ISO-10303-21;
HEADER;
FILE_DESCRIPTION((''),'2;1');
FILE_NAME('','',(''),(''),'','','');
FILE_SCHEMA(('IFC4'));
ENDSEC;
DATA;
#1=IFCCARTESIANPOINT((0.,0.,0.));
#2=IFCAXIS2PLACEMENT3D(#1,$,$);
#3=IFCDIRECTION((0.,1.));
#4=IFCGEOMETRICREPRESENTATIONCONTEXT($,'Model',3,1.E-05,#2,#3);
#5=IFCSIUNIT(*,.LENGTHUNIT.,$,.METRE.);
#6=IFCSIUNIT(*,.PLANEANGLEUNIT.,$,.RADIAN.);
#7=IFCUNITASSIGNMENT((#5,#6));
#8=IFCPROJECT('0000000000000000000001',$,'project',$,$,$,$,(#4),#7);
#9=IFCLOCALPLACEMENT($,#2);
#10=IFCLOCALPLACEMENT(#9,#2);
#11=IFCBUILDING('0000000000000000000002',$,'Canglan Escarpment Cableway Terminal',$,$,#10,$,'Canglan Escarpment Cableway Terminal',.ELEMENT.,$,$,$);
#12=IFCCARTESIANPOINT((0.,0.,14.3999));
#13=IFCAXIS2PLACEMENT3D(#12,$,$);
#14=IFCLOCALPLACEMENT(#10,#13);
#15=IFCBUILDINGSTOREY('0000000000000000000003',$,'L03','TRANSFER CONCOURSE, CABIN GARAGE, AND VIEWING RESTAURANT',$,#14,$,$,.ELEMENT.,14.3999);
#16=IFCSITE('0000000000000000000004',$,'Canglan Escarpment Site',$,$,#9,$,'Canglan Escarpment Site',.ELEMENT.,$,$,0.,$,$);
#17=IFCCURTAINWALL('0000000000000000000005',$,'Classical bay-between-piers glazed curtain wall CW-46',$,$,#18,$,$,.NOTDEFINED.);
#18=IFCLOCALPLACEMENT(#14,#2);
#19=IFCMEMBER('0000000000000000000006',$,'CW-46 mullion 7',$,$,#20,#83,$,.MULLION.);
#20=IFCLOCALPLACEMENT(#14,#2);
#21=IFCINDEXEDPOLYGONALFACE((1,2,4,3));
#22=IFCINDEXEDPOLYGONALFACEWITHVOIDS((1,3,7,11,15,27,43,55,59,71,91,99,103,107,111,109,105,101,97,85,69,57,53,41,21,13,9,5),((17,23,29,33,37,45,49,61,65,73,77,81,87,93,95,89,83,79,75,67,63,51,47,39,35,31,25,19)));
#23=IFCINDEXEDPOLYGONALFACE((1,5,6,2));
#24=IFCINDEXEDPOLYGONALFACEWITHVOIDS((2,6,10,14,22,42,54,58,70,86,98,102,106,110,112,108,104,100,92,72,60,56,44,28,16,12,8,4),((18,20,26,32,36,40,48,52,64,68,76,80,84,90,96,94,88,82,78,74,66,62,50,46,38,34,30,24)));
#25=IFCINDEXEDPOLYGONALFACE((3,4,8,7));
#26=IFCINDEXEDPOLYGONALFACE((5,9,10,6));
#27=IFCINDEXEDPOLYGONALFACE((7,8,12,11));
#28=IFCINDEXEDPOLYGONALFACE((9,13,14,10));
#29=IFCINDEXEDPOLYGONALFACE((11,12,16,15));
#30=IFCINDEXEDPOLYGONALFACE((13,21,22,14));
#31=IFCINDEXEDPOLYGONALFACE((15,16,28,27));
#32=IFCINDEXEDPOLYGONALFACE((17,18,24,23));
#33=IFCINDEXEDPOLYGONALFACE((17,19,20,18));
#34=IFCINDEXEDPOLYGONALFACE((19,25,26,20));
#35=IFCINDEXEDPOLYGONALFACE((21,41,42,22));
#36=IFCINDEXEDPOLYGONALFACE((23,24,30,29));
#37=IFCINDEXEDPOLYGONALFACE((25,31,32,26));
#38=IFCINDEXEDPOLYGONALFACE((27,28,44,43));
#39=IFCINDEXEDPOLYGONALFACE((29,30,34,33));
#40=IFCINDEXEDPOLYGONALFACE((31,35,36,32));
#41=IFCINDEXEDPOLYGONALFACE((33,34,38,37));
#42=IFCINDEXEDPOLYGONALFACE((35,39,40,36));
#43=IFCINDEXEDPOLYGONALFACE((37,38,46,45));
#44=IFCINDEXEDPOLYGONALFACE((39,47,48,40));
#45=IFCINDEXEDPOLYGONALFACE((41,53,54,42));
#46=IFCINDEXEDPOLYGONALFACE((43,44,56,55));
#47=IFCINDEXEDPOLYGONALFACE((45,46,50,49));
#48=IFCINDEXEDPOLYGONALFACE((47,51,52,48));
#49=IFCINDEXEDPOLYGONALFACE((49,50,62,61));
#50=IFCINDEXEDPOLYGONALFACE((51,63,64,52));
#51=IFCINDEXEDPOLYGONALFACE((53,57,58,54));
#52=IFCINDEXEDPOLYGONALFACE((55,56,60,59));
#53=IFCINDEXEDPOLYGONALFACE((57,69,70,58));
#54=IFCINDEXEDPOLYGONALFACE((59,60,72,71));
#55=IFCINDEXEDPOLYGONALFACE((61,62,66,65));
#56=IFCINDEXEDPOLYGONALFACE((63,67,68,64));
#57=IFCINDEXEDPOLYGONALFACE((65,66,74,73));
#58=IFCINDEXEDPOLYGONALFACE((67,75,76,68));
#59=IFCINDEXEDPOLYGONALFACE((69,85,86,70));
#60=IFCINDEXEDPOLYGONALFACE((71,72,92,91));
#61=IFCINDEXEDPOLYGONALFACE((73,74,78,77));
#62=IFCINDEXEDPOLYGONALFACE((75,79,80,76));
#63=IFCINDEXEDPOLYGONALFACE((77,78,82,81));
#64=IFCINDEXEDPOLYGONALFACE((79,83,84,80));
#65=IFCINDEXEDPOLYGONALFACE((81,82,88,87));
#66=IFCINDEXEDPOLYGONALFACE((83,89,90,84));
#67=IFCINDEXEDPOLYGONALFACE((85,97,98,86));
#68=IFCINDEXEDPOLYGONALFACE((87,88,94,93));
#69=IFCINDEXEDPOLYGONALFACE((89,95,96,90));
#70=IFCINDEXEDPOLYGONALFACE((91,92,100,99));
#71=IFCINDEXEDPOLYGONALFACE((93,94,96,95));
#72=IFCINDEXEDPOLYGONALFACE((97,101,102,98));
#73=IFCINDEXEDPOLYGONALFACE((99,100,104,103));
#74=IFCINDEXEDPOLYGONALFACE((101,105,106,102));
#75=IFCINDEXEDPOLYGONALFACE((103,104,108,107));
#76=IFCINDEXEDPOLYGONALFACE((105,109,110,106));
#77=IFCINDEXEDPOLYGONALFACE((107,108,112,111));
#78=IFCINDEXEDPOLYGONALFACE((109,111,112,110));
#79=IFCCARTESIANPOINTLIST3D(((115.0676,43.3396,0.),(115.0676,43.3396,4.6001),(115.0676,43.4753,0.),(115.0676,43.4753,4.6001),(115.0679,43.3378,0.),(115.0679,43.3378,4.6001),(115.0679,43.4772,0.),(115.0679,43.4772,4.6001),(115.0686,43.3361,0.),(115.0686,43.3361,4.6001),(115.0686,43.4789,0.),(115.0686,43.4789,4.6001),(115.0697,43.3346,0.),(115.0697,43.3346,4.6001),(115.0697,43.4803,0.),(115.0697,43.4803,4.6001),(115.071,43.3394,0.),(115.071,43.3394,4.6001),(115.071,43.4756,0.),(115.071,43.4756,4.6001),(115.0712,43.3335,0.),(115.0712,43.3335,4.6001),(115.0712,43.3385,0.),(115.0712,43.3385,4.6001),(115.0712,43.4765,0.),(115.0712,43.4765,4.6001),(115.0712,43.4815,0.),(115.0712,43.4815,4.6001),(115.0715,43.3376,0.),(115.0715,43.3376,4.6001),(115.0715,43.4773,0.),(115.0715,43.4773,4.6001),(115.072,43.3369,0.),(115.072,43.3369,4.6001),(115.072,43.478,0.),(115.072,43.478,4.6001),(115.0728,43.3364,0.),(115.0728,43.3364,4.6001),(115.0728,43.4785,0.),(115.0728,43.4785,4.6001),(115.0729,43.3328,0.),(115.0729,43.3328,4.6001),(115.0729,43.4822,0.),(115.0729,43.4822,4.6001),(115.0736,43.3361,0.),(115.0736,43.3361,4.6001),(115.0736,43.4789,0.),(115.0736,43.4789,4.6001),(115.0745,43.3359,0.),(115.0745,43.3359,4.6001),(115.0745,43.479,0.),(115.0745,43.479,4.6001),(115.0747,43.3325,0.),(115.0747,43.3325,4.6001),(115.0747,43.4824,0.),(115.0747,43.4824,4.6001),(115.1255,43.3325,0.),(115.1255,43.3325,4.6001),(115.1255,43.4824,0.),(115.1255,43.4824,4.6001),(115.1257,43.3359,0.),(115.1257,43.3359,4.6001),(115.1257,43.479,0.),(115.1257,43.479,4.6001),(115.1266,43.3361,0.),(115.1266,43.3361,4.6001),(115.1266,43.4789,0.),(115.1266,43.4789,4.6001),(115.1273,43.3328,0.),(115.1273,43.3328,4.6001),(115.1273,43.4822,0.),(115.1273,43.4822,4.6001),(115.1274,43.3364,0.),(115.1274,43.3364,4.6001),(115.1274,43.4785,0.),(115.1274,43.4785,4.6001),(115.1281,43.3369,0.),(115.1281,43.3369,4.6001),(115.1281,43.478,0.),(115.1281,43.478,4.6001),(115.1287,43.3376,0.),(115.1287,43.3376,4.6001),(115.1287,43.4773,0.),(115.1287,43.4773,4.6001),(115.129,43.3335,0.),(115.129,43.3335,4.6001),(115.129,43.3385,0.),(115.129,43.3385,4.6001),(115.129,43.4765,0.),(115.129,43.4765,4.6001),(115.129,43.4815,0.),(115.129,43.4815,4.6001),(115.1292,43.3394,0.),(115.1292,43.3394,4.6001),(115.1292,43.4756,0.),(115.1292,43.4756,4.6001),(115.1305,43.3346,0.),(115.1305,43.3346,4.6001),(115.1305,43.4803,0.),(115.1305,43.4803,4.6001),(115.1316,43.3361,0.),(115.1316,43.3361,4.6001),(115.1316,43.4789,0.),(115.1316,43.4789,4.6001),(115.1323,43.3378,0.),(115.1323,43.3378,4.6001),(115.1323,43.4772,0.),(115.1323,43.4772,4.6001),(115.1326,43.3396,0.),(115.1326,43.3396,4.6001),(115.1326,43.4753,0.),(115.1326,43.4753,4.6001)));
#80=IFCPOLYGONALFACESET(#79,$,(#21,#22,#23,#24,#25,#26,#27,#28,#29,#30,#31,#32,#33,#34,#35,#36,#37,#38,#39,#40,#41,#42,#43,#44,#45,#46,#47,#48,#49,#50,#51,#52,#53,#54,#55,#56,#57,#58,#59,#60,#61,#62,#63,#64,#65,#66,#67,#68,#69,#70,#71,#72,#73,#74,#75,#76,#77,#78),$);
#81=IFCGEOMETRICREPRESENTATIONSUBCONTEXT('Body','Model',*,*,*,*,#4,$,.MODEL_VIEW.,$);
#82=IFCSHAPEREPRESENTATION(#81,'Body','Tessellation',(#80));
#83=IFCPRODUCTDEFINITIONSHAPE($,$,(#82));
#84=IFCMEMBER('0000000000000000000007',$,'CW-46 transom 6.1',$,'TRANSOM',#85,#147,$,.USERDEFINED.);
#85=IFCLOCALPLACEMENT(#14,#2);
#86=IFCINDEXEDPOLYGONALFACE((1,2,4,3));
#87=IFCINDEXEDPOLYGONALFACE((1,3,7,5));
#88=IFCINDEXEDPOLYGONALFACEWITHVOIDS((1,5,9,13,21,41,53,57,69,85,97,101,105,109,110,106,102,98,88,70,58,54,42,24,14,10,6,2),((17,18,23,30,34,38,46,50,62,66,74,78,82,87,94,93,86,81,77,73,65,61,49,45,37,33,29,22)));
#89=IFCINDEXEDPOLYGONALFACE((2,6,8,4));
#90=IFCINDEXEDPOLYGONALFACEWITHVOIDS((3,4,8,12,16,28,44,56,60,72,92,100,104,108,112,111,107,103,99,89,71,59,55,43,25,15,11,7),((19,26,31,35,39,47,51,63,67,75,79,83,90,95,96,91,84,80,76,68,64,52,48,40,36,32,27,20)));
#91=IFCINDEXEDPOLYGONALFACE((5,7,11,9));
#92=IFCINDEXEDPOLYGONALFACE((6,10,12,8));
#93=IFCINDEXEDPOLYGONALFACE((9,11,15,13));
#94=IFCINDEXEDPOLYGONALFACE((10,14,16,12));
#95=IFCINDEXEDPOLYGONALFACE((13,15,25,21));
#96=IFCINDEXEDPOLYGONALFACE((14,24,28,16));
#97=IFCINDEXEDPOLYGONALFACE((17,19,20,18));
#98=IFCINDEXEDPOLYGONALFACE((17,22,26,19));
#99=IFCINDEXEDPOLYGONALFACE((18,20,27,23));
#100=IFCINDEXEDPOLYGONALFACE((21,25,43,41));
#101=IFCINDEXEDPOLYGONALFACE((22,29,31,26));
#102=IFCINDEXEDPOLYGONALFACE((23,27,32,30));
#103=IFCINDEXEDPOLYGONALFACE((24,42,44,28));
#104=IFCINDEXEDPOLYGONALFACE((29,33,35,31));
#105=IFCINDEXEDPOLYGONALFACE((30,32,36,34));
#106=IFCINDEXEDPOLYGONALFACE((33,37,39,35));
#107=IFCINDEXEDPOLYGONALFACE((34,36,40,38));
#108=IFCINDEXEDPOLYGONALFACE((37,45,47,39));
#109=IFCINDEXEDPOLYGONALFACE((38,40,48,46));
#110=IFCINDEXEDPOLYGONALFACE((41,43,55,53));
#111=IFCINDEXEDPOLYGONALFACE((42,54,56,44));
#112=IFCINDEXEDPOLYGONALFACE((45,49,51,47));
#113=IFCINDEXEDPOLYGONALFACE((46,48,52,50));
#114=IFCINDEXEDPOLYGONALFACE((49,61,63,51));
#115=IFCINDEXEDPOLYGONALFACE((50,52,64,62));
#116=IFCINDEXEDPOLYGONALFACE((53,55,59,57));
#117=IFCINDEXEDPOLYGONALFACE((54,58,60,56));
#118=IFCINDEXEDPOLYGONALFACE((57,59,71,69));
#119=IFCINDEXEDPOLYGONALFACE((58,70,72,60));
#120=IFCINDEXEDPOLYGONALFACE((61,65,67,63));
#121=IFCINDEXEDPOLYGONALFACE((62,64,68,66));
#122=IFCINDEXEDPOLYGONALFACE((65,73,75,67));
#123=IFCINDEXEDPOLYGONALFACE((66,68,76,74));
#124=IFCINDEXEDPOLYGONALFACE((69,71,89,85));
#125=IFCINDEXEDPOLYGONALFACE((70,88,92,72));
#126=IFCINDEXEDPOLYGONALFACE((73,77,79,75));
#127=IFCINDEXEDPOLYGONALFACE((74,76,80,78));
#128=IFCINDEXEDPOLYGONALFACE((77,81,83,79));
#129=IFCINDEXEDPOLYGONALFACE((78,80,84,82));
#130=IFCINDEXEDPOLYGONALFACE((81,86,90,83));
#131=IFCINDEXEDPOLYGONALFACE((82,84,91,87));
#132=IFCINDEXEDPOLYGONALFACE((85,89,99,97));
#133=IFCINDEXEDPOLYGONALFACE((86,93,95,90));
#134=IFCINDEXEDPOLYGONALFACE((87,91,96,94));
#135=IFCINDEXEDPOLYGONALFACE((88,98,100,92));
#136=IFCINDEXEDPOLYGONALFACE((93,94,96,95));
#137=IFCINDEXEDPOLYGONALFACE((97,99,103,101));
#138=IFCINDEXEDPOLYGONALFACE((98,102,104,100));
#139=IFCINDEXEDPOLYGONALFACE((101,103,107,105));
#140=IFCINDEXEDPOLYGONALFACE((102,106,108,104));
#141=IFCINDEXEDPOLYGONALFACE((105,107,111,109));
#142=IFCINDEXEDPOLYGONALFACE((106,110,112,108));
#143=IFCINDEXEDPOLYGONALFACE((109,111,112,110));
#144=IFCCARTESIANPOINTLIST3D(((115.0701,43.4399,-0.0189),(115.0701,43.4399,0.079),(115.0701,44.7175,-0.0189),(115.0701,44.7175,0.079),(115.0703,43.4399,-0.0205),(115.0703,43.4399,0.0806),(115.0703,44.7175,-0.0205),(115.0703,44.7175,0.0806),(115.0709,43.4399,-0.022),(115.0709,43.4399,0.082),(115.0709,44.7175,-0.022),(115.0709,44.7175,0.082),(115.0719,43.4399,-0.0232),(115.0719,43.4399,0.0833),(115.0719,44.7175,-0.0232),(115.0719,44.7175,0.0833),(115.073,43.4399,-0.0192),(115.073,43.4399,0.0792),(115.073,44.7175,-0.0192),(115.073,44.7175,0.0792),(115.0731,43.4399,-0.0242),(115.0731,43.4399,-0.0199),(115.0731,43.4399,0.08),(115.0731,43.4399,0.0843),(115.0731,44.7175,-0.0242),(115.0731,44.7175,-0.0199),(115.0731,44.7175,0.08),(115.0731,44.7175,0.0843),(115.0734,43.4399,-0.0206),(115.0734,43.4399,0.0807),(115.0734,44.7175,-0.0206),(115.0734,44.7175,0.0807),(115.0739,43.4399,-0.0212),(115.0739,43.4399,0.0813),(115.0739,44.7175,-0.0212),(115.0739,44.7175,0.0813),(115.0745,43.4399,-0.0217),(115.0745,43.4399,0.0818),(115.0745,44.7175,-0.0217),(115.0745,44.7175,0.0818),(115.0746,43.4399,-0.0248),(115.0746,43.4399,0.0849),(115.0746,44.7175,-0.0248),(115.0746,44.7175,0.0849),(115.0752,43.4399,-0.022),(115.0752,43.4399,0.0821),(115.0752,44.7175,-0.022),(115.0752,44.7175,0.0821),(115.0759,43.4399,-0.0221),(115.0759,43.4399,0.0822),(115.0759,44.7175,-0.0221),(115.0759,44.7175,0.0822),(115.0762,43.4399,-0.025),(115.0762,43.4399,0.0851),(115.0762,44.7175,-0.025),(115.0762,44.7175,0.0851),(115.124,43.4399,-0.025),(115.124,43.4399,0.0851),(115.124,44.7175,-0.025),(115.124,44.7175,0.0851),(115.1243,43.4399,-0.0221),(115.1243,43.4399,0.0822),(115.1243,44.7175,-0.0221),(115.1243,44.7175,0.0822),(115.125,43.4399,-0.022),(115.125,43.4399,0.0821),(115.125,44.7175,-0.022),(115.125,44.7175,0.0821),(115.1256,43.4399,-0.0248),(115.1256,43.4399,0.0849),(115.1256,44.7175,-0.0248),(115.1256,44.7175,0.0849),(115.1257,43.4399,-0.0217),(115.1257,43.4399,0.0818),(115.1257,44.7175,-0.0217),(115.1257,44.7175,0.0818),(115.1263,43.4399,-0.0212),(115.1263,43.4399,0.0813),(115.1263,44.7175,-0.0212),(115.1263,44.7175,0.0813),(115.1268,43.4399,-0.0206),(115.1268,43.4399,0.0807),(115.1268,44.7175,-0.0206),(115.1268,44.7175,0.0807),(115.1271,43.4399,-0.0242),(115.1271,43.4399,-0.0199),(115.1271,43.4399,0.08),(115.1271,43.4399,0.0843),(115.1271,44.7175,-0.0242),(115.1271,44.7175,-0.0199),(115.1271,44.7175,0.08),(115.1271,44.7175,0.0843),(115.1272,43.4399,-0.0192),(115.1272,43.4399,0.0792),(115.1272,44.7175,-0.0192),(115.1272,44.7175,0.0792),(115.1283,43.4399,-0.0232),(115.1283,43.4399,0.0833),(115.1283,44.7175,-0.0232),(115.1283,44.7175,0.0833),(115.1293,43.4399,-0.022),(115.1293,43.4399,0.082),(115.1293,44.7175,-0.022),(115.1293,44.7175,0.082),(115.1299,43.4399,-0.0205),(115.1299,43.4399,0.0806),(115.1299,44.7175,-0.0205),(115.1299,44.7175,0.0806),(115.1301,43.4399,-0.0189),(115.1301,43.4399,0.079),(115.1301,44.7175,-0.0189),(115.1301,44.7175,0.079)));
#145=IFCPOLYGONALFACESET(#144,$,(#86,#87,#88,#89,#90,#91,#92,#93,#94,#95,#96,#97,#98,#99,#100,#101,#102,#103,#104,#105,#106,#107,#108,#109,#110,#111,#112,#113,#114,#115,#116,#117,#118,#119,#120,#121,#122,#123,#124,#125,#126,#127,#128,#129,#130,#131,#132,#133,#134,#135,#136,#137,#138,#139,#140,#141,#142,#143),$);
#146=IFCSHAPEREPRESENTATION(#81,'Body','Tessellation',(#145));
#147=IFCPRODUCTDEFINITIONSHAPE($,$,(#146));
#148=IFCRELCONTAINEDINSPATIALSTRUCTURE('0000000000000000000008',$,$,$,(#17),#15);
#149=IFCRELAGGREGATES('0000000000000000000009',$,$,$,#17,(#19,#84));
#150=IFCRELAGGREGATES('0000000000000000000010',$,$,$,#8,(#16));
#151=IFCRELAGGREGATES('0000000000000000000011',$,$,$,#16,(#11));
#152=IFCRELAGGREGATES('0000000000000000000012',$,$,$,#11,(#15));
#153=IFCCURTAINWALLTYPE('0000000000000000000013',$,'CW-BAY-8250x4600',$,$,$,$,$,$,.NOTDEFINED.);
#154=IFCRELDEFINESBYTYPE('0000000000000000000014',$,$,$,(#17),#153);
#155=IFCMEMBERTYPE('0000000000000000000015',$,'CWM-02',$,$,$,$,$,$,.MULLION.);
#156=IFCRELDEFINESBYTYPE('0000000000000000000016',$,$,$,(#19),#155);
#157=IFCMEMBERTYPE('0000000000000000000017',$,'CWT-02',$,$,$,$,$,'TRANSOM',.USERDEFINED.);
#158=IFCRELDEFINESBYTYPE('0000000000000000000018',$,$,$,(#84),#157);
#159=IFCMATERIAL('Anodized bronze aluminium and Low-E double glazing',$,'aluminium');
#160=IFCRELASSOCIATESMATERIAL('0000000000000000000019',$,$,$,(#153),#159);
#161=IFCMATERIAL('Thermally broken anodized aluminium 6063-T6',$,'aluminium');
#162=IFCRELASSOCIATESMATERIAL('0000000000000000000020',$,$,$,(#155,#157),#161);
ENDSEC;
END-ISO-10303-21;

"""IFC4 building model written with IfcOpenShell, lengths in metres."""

from ifc_helpers import new_model, si_unit, direction, frame, origin, origin_2d, place, context, subcontext, project, spatial, hollow_rectangle, extrude, material, material_profile, profile_set, type_object, element, aggregate, save


model = new_model("IFC4")

# Units and contexts
model_context = context("Model", 3, precision=1e-05, world=origin(), true_north=direction((0.0, 1.0)))
body_context = subcontext(model_context, "Body", "Model", "MODEL_VIEW")
ifc_project = project(units=[si_unit("LENGTHUNIT", "METRE"), si_unit("PLANEANGLEUNIT", "RADIAN")], contexts=[model_context])

# Site, building, storey
site_placement = place(None, origin())
site = spatial("IfcSite", under=ifc_project, at=site_placement, Name="Canglan Escarpment Site", LongName="Canglan Escarpment Site", CompositionType="ELEMENT", RefElevation=0.0)
building_placement = place(site_placement, origin())
building = spatial("IfcBuilding", under=site, at=building_placement, Name="Canglan Escarpment Cableway Terminal", LongName="Canglan Escarpment Cableway Terminal", CompositionType="ELEMENT")
storey_placement = place(building_placement, frame((0.0, 0.0, 14.3999)))
storey = spatial("IfcBuildingStorey", under=building, at=storey_placement, Name="L03", Description="TRANSFER CONCOURSE, CABIN GARAGE, AND VIEWING RESTAURANT", CompositionType="ELEMENT", Elevation=14.3999)

# Curtain wall, members
ifc_material_1 = material(Name="Anodized bronze aluminium and Low-E double glazing", Category="aluminium")
curtain_wall_type = type_object("IfcCurtainWallType", Name="CW-BAY-8250x4600", PredefinedType="NOTDEFINED", material=ifc_material_1)
curtain_wall_placement = place(storey_placement, origin())
curtain_wall = element("IfcCurtainWall", 1, at=curtain_wall_placement, inside=storey, type_object=curtain_wall_type, Name="Classical bay-between-piers glazed curtain wall CW-46", PredefinedType="NOTDEFINED")
ifc_material_2 = material(Name="Thermally broken anodized aluminium 6063-T6", Category="aluminium")
ifc_material_profile_1 = material_profile(ifc_material_2, hollow_rectangle(XDim=0.0649, YDim=0.1499, WallThickness=0.0034, InnerFilletRadius=0.0034, OuterFilletRadius=0.0071, at=origin_2d()), Name="ALU-MULL 65x150x3.5")
ifc_profile_set_1 = profile_set([ifc_material_profile_1], Name="Thermally broken anodized aluminium 6063-T6")
member_type_1 = type_object("IfcMemberType", Name="CWM-02", PredefinedType="MULLION", material=ifc_profile_set_1)
member_1_placement = place(storey_placement, frame((115.1001, 43.4075, 0.0), z_axis=(0.0, 0.0, 1.0), x_axis=(1.0, 0.0, 0.0)))
member_1 = element("IfcMember", 2, at=member_1_placement, type_object=member_type_1, Name="CW-46 mullion 7", PredefinedType="MULLION", context=body_context, shape_type="SweptSolid", body=[
    extrude(hollow_rectangle(XDim=0.0649, YDim=0.1499, WallThickness=0.0034, InnerFilletRadius=0.0034, OuterFilletRadius=0.0071, at=origin_2d()), origin(), (0.0, 0.0, 1.0), 4.6001),
])
ifc_material_profile_2 = material_profile(ifc_material_2, hollow_rectangle(XDim=0.0601, YDim=0.1101, WallThickness=0.0029, InnerFilletRadius=0.0029, OuterFilletRadius=0.0061, at=origin_2d()), Name="ALU-TRAN 60x110x3")
ifc_profile_set_2 = profile_set([ifc_material_profile_2], Name="Thermally broken anodized aluminium 6063-T6")
member_type_2 = type_object("IfcMemberType", Name="CWT-02", ElementType="TRANSOM", PredefinedType="USERDEFINED", material=ifc_profile_set_2)
member_2_placement = place(storey_placement, frame((115.1001, 44.7175, 0.03), z_axis=(0.0, -1.0, 0.0), x_axis=(1.0, 0.0, 0.0)))
member_2 = element("IfcMember", 3, at=member_2_placement, type_object=member_type_2, Name="CW-46 transom 6.1", ObjectType="TRANSOM", PredefinedType="USERDEFINED", context=body_context, shape_type="SweptSolid", body=[
    extrude(hollow_rectangle(XDim=0.0601, YDim=0.1101, WallThickness=0.0029, InnerFilletRadius=0.0029, OuterFilletRadius=0.0061, at=origin_2d()), origin(), (0.0, 0.0, 1.0), 1.2776),
])

aggregate(curtain_wall, [member_1, member_2])

save(model, "model.ifc")
